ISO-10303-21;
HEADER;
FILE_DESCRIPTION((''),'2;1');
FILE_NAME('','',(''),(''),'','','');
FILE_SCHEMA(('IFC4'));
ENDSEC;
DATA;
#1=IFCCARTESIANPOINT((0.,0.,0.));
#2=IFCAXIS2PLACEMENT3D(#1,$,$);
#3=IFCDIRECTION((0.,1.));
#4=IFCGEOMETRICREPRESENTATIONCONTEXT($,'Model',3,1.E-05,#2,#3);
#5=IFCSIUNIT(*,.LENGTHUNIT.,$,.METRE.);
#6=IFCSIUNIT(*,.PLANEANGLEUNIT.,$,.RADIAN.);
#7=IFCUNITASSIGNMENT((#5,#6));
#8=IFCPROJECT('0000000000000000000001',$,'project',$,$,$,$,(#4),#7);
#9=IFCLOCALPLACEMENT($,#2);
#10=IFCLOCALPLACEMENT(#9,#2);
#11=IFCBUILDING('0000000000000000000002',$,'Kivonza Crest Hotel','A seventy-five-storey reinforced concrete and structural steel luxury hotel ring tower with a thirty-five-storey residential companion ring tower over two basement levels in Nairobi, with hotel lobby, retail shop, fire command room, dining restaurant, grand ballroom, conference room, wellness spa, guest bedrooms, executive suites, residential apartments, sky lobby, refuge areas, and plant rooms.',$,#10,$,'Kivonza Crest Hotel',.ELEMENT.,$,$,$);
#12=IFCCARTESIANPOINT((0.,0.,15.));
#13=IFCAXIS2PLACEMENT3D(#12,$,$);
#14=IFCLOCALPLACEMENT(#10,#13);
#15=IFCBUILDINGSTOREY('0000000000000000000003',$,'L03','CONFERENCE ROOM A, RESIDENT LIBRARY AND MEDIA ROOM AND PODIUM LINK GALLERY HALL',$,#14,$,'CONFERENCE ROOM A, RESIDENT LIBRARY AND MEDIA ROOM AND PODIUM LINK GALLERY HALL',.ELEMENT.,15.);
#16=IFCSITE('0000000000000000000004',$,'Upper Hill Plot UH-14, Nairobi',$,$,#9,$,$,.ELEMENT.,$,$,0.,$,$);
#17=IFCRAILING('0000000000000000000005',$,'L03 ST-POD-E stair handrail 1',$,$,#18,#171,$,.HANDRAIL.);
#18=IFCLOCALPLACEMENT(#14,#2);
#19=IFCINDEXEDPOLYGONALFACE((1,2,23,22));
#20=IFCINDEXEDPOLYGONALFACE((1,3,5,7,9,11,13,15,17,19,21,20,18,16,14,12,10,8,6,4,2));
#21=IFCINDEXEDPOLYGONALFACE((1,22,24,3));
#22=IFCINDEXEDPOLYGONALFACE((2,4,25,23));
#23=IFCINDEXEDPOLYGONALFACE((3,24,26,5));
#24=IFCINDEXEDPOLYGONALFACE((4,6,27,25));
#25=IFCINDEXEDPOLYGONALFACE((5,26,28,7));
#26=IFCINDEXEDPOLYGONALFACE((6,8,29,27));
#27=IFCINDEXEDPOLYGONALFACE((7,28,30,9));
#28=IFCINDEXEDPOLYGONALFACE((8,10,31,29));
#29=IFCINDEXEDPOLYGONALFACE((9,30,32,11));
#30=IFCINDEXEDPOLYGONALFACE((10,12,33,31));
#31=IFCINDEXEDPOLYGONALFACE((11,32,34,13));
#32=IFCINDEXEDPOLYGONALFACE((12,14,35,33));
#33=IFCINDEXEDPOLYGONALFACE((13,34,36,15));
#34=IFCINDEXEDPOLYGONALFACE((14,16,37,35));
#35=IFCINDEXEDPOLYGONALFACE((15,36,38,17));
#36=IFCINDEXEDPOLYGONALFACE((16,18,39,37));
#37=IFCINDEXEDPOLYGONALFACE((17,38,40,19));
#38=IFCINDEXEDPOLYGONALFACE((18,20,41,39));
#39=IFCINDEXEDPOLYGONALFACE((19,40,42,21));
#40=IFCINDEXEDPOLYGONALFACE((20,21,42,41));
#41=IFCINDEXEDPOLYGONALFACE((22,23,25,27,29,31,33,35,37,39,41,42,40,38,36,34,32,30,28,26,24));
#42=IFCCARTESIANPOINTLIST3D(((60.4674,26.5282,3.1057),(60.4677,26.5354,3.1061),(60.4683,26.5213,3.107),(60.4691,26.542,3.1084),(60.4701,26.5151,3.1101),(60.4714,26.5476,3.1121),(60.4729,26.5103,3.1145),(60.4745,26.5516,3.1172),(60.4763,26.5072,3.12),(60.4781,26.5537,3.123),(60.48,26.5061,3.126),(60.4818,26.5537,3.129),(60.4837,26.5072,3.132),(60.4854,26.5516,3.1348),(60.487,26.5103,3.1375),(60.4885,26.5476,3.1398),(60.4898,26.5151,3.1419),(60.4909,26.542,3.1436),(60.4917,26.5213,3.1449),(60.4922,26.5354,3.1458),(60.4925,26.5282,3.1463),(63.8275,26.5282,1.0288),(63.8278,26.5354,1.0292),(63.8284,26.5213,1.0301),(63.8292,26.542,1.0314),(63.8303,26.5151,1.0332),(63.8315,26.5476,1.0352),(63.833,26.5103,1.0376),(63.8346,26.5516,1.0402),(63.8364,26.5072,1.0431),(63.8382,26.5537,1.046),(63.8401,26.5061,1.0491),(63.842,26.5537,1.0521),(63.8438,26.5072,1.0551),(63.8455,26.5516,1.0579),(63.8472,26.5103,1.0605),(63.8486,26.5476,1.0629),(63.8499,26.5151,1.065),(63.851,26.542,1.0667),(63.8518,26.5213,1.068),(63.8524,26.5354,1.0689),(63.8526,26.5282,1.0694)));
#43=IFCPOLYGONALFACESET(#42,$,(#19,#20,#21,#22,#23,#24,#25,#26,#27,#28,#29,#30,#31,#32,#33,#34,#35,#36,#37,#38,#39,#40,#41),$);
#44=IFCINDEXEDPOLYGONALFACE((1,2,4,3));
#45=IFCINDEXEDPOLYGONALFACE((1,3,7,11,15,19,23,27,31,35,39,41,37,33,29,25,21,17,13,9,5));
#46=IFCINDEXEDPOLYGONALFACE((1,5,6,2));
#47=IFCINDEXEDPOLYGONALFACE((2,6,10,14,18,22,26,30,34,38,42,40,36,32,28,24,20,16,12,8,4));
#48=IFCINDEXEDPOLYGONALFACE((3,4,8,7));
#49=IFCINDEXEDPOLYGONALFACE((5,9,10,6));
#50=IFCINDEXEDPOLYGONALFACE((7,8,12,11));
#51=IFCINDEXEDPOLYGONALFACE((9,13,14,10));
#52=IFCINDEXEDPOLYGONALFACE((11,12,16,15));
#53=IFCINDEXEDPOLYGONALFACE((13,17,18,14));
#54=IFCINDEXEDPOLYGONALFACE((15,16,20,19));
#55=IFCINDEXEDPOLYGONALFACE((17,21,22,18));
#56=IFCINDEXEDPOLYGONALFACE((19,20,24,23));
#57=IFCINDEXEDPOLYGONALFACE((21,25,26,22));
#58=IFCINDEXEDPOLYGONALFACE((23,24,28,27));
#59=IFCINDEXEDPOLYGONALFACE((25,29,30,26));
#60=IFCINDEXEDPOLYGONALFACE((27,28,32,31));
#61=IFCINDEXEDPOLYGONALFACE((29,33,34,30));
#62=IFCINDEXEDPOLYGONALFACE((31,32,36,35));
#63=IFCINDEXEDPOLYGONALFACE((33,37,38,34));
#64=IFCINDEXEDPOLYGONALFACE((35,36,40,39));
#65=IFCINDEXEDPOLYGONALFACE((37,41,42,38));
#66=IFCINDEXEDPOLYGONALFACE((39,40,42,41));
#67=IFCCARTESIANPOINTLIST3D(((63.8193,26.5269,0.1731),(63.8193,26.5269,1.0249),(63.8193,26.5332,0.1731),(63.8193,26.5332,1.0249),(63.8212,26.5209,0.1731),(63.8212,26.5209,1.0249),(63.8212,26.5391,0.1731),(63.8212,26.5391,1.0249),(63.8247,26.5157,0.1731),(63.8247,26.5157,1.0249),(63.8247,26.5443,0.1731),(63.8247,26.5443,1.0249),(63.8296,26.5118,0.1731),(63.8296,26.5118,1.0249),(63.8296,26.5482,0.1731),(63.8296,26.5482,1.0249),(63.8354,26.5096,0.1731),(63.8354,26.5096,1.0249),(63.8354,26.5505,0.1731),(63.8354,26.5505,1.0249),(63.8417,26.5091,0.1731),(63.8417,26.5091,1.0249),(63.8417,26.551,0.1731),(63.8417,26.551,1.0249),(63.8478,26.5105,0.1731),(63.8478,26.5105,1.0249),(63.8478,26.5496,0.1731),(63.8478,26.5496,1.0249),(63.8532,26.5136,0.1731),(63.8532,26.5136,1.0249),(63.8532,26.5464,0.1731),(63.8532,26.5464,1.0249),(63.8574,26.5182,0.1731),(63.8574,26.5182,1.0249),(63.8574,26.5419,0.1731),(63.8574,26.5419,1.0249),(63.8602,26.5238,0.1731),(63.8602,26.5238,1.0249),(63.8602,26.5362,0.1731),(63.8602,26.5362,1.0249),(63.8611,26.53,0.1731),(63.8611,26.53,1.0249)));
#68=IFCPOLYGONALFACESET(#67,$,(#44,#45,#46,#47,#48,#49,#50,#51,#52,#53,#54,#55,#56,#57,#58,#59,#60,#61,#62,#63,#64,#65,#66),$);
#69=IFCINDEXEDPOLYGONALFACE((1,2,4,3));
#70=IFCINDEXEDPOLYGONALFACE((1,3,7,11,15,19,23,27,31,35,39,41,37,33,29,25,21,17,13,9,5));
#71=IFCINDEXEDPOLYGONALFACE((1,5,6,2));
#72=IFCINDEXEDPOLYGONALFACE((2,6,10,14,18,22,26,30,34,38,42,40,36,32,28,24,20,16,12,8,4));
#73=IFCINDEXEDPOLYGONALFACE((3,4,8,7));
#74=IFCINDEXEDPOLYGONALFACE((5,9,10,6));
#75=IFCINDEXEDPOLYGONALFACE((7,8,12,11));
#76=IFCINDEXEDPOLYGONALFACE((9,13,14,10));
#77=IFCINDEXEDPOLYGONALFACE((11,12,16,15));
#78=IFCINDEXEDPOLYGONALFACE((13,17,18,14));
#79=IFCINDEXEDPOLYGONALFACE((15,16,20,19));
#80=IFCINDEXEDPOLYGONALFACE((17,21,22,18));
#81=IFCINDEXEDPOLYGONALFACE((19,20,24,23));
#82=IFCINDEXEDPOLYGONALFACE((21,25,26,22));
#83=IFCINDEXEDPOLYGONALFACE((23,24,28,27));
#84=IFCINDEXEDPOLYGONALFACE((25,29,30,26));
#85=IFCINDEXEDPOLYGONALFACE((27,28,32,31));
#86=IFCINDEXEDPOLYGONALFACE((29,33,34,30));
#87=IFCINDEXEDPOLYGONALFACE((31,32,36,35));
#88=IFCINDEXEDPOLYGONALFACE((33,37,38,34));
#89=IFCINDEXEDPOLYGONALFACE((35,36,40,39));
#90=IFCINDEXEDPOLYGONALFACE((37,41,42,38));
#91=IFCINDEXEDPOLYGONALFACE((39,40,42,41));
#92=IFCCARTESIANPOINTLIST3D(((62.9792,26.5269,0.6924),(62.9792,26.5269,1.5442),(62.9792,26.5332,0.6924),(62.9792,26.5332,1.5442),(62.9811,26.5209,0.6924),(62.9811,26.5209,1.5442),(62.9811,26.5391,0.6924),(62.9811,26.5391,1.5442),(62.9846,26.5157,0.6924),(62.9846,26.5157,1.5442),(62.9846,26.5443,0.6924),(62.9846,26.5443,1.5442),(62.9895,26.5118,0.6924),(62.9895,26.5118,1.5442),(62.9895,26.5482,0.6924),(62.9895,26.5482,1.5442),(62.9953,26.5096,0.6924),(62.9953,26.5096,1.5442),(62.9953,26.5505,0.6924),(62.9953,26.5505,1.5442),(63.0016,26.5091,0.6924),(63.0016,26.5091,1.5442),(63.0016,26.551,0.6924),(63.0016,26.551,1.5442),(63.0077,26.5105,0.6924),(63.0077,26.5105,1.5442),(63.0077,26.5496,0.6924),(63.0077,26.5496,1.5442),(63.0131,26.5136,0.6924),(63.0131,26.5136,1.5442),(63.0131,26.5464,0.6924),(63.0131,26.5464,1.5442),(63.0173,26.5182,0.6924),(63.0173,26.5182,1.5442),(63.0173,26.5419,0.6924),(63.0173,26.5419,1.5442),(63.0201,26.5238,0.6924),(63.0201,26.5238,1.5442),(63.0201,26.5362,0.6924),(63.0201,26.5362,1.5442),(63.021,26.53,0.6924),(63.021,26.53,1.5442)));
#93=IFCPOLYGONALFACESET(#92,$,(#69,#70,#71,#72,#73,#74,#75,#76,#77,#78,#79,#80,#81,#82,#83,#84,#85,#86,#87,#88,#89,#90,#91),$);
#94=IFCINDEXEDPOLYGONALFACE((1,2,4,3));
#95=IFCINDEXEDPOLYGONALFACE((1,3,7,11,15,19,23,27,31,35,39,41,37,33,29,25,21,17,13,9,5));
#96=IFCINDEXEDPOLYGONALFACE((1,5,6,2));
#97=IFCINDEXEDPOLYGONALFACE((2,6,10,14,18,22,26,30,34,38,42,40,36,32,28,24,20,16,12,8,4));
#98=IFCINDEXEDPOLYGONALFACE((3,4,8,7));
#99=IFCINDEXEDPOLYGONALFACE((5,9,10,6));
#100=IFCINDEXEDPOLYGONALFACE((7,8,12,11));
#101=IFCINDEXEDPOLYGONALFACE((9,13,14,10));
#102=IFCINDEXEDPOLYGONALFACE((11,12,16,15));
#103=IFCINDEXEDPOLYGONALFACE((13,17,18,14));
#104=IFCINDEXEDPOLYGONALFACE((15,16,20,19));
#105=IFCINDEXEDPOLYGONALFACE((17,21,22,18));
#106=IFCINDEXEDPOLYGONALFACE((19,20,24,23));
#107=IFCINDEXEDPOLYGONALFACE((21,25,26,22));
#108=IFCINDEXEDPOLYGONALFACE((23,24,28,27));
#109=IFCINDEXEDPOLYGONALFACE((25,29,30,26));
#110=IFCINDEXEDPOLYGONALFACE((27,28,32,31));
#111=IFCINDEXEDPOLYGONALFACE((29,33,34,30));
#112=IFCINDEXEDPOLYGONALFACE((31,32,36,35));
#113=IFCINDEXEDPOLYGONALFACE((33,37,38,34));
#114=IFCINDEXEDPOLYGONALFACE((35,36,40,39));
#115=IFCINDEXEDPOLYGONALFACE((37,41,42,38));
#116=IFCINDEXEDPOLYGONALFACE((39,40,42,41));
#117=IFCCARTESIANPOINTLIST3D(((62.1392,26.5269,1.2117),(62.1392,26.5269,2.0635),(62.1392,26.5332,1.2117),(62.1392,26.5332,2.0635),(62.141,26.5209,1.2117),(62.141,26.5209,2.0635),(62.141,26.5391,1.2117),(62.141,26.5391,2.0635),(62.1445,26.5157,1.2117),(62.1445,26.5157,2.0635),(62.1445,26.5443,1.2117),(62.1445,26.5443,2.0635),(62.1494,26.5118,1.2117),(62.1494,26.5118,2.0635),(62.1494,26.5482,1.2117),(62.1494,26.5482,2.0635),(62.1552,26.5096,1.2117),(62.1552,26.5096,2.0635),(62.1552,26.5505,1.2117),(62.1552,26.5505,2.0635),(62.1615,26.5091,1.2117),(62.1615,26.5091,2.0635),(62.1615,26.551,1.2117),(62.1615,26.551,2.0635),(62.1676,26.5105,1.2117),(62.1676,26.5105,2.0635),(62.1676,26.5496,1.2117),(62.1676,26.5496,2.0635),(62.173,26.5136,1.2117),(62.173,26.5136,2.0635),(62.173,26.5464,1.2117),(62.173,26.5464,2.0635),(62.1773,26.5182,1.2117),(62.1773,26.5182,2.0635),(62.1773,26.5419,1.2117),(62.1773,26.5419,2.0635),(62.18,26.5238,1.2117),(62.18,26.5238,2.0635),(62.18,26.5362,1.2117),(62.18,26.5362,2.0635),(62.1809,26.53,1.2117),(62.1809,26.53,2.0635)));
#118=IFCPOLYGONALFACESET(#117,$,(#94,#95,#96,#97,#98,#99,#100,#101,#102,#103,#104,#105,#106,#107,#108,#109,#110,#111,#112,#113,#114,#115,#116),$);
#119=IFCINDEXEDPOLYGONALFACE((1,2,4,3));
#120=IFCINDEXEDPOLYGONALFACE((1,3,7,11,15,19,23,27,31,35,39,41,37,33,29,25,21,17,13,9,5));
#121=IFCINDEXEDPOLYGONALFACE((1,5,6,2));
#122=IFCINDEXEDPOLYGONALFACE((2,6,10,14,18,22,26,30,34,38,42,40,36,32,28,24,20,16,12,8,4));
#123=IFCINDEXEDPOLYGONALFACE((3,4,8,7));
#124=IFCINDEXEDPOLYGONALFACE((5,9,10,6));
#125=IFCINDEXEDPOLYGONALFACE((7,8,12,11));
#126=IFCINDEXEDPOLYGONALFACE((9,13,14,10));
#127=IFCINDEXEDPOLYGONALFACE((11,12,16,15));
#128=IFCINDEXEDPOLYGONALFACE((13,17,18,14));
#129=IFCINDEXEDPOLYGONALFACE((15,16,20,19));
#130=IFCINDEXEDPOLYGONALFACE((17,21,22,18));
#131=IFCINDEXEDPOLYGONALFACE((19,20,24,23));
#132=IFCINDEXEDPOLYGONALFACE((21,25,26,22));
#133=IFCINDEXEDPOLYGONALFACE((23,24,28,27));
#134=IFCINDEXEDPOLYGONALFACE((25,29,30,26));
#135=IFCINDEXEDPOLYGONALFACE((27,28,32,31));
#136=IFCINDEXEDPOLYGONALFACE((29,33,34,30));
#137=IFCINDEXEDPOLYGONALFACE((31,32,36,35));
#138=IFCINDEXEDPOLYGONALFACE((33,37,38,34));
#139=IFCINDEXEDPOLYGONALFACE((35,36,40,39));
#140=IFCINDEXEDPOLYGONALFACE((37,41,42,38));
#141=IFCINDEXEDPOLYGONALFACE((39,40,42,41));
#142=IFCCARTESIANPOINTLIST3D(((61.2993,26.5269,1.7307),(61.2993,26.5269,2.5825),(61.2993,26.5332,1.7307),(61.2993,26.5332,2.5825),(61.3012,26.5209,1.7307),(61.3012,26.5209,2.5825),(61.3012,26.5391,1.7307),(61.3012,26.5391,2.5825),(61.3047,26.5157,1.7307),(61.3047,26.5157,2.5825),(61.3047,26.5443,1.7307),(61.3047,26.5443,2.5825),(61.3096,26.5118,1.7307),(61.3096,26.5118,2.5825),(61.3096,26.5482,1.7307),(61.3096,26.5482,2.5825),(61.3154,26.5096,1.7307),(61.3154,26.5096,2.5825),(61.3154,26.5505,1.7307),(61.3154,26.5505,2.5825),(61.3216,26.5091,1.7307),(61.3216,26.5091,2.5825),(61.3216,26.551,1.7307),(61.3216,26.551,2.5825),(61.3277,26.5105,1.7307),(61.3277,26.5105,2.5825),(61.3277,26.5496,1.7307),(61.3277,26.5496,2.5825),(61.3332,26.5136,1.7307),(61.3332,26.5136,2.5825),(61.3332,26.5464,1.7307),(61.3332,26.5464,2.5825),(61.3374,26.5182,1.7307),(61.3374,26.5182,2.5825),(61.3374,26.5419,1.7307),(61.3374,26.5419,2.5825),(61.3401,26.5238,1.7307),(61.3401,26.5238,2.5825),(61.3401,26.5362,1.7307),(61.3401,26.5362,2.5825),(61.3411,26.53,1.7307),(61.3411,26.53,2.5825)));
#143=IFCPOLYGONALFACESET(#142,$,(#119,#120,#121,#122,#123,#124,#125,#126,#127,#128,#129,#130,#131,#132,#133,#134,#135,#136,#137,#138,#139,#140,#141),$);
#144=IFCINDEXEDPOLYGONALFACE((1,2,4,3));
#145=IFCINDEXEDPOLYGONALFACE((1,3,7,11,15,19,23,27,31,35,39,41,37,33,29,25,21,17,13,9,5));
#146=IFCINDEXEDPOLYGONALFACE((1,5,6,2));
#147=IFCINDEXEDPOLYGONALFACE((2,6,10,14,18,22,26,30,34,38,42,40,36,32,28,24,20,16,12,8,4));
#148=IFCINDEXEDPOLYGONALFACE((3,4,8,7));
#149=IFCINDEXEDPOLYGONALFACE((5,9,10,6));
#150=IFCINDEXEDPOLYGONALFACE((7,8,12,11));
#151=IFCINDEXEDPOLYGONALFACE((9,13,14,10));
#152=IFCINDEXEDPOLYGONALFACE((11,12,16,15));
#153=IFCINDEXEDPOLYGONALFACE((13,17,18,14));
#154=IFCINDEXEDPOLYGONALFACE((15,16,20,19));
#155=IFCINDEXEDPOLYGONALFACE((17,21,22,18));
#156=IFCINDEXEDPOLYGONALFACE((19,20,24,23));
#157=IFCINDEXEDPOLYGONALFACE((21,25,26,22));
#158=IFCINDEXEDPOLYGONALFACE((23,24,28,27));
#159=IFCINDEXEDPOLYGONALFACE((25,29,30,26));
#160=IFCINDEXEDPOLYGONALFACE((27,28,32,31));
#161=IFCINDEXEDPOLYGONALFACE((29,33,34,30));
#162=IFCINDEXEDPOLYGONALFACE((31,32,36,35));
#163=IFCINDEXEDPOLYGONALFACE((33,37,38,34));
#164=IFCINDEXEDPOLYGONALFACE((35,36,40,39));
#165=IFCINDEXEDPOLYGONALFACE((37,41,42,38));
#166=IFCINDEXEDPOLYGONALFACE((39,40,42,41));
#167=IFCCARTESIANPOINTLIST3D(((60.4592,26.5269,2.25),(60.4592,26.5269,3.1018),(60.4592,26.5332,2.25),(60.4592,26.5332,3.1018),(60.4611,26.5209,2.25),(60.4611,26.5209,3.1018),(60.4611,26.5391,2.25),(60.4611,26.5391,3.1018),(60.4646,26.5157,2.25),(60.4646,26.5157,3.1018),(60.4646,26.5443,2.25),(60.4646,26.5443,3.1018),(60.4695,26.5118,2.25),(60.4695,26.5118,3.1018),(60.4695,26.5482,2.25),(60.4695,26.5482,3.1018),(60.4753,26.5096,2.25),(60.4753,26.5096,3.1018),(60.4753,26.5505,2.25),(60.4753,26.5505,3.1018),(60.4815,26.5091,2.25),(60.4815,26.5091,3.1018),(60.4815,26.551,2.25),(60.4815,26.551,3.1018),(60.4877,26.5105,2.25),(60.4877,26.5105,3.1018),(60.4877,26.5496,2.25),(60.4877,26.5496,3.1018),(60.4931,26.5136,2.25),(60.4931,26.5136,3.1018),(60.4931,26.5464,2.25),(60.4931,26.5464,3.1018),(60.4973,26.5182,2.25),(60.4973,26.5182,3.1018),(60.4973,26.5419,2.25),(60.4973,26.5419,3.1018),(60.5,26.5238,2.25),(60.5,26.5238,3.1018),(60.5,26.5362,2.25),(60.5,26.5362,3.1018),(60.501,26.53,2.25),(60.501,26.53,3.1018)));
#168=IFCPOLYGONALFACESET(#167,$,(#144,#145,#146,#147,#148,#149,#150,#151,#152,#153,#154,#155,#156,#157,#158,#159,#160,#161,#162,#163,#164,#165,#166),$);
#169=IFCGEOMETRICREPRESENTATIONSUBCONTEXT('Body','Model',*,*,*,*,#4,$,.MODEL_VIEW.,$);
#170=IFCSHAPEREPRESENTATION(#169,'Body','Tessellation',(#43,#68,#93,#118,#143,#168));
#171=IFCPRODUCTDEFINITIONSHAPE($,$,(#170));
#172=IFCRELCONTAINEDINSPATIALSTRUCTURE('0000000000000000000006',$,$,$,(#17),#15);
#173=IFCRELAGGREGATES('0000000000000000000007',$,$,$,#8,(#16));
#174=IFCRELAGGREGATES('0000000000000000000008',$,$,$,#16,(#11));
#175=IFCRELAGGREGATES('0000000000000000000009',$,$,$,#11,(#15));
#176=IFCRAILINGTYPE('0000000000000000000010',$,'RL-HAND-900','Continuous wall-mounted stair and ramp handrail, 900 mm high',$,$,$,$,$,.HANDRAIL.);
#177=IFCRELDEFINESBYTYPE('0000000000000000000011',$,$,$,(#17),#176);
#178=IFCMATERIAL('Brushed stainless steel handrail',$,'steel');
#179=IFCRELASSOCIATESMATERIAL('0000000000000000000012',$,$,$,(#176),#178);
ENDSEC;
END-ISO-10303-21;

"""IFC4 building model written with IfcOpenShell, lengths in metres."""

from ifc_helpers import new_model, si_unit, direction, frame, origin, origin_2d, place, context, subcontext, project, spatial, circle, extrude, material, type_object, element, save


model = new_model("IFC4")

# Units and contexts
model_context = context("Model", 3, precision=1e-05, world=origin(), true_north=direction((0.0, 1.0)))
body_context = subcontext(model_context, "Body", "Model", "MODEL_VIEW")
ifc_project = project(units=[si_unit("LENGTHUNIT", "METRE"), si_unit("PLANEANGLEUNIT", "RADIAN")], contexts=[model_context])

# Site, building, storey
site_placement = place(None, origin())
site = spatial("IfcSite", under=ifc_project, at=site_placement, Name="Upper Hill Plot UH-14, Nairobi", CompositionType="ELEMENT", RefElevation=0.0)
building_placement = place(site_placement, origin())
building = spatial("IfcBuilding", under=site, at=building_placement, Name="Kivonza Crest Hotel", Description="A seventy-five-storey reinforced concrete and structural steel luxury hotel ring tower with a thirty-five-storey residential companion ring tower over two basement levels in Nairobi, with hotel lobby, retail shop, fire command room, dining restaurant, grand ballroom, conference room, wellness spa, guest bedrooms, executive suites, residential apartments, sky lobby, refuge areas, and plant rooms.", LongName="Kivonza Crest Hotel", CompositionType="ELEMENT")
storey_placement = place(building_placement, frame((0.0, 0.0, 15.0)))
storey = spatial("IfcBuildingStorey", under=building, at=storey_placement, Name="L03", Description="CONFERENCE ROOM A, RESIDENT LIBRARY AND MEDIA ROOM AND PODIUM LINK GALLERY HALL", LongName="CONFERENCE ROOM A, RESIDENT LIBRARY AND MEDIA ROOM AND PODIUM LINK GALLERY HALL", CompositionType="ELEMENT", Elevation=15.0)

# Railing
ifc_material_1 = material(Name="Brushed stainless steel handrail", Category="steel")
railing_type_1 = type_object("IfcRailingType", Name="RL-HAND-900", Description="Continuous wall-mounted stair and ramp handrail, 900 mm high", PredefinedType="HANDRAIL", material=ifc_material_1)
railing_1_placement = place(storey_placement, frame((63.8401, 26.53, 0.1731)))
element("IfcRailing", 1, at=railing_1_placement, inside=storey, type_object=railing_type_1, Name="L03 ST-POD-E stair handrail 1", PredefinedType="HANDRAIL", context=body_context, shape_type="SweptSolid", body=[
    extrude(circle(Radius=0.0239, at=origin_2d()), frame((0.0, 0.0, 0.876), z_axis=(-0.850623, 0.0, 0.525776), x_axis=(0.0, -1.0, 0.0)), (0.0, 0.0, 1.0), 3.9502),
    extrude(circle(Radius=0.021, at=origin_2d()), origin(), (0.0, 0.0, 1.0), 0.8518),
    extrude(circle(Radius=0.021, at=origin_2d()), frame((-0.8401, 0.0, 0.5193)), (0.0, 0.0, 1.0), 0.8518),
    extrude(circle(Radius=0.021, at=origin_2d()), frame((-1.6802, 0.0, 1.0386)), (0.0, 0.0, 1.0), 0.8518),
    extrude(circle(Radius=0.021, at=origin_2d()), frame((-2.52, 0.0, 1.5576)), (0.0, 0.0, 1.0), 0.8518),
    extrude(circle(Radius=0.021, at=origin_2d()), frame((-3.3601, 0.0, 2.0769)), (0.0, 0.0, 1.0), 0.8518),
])

save(model, "model.ifc")
